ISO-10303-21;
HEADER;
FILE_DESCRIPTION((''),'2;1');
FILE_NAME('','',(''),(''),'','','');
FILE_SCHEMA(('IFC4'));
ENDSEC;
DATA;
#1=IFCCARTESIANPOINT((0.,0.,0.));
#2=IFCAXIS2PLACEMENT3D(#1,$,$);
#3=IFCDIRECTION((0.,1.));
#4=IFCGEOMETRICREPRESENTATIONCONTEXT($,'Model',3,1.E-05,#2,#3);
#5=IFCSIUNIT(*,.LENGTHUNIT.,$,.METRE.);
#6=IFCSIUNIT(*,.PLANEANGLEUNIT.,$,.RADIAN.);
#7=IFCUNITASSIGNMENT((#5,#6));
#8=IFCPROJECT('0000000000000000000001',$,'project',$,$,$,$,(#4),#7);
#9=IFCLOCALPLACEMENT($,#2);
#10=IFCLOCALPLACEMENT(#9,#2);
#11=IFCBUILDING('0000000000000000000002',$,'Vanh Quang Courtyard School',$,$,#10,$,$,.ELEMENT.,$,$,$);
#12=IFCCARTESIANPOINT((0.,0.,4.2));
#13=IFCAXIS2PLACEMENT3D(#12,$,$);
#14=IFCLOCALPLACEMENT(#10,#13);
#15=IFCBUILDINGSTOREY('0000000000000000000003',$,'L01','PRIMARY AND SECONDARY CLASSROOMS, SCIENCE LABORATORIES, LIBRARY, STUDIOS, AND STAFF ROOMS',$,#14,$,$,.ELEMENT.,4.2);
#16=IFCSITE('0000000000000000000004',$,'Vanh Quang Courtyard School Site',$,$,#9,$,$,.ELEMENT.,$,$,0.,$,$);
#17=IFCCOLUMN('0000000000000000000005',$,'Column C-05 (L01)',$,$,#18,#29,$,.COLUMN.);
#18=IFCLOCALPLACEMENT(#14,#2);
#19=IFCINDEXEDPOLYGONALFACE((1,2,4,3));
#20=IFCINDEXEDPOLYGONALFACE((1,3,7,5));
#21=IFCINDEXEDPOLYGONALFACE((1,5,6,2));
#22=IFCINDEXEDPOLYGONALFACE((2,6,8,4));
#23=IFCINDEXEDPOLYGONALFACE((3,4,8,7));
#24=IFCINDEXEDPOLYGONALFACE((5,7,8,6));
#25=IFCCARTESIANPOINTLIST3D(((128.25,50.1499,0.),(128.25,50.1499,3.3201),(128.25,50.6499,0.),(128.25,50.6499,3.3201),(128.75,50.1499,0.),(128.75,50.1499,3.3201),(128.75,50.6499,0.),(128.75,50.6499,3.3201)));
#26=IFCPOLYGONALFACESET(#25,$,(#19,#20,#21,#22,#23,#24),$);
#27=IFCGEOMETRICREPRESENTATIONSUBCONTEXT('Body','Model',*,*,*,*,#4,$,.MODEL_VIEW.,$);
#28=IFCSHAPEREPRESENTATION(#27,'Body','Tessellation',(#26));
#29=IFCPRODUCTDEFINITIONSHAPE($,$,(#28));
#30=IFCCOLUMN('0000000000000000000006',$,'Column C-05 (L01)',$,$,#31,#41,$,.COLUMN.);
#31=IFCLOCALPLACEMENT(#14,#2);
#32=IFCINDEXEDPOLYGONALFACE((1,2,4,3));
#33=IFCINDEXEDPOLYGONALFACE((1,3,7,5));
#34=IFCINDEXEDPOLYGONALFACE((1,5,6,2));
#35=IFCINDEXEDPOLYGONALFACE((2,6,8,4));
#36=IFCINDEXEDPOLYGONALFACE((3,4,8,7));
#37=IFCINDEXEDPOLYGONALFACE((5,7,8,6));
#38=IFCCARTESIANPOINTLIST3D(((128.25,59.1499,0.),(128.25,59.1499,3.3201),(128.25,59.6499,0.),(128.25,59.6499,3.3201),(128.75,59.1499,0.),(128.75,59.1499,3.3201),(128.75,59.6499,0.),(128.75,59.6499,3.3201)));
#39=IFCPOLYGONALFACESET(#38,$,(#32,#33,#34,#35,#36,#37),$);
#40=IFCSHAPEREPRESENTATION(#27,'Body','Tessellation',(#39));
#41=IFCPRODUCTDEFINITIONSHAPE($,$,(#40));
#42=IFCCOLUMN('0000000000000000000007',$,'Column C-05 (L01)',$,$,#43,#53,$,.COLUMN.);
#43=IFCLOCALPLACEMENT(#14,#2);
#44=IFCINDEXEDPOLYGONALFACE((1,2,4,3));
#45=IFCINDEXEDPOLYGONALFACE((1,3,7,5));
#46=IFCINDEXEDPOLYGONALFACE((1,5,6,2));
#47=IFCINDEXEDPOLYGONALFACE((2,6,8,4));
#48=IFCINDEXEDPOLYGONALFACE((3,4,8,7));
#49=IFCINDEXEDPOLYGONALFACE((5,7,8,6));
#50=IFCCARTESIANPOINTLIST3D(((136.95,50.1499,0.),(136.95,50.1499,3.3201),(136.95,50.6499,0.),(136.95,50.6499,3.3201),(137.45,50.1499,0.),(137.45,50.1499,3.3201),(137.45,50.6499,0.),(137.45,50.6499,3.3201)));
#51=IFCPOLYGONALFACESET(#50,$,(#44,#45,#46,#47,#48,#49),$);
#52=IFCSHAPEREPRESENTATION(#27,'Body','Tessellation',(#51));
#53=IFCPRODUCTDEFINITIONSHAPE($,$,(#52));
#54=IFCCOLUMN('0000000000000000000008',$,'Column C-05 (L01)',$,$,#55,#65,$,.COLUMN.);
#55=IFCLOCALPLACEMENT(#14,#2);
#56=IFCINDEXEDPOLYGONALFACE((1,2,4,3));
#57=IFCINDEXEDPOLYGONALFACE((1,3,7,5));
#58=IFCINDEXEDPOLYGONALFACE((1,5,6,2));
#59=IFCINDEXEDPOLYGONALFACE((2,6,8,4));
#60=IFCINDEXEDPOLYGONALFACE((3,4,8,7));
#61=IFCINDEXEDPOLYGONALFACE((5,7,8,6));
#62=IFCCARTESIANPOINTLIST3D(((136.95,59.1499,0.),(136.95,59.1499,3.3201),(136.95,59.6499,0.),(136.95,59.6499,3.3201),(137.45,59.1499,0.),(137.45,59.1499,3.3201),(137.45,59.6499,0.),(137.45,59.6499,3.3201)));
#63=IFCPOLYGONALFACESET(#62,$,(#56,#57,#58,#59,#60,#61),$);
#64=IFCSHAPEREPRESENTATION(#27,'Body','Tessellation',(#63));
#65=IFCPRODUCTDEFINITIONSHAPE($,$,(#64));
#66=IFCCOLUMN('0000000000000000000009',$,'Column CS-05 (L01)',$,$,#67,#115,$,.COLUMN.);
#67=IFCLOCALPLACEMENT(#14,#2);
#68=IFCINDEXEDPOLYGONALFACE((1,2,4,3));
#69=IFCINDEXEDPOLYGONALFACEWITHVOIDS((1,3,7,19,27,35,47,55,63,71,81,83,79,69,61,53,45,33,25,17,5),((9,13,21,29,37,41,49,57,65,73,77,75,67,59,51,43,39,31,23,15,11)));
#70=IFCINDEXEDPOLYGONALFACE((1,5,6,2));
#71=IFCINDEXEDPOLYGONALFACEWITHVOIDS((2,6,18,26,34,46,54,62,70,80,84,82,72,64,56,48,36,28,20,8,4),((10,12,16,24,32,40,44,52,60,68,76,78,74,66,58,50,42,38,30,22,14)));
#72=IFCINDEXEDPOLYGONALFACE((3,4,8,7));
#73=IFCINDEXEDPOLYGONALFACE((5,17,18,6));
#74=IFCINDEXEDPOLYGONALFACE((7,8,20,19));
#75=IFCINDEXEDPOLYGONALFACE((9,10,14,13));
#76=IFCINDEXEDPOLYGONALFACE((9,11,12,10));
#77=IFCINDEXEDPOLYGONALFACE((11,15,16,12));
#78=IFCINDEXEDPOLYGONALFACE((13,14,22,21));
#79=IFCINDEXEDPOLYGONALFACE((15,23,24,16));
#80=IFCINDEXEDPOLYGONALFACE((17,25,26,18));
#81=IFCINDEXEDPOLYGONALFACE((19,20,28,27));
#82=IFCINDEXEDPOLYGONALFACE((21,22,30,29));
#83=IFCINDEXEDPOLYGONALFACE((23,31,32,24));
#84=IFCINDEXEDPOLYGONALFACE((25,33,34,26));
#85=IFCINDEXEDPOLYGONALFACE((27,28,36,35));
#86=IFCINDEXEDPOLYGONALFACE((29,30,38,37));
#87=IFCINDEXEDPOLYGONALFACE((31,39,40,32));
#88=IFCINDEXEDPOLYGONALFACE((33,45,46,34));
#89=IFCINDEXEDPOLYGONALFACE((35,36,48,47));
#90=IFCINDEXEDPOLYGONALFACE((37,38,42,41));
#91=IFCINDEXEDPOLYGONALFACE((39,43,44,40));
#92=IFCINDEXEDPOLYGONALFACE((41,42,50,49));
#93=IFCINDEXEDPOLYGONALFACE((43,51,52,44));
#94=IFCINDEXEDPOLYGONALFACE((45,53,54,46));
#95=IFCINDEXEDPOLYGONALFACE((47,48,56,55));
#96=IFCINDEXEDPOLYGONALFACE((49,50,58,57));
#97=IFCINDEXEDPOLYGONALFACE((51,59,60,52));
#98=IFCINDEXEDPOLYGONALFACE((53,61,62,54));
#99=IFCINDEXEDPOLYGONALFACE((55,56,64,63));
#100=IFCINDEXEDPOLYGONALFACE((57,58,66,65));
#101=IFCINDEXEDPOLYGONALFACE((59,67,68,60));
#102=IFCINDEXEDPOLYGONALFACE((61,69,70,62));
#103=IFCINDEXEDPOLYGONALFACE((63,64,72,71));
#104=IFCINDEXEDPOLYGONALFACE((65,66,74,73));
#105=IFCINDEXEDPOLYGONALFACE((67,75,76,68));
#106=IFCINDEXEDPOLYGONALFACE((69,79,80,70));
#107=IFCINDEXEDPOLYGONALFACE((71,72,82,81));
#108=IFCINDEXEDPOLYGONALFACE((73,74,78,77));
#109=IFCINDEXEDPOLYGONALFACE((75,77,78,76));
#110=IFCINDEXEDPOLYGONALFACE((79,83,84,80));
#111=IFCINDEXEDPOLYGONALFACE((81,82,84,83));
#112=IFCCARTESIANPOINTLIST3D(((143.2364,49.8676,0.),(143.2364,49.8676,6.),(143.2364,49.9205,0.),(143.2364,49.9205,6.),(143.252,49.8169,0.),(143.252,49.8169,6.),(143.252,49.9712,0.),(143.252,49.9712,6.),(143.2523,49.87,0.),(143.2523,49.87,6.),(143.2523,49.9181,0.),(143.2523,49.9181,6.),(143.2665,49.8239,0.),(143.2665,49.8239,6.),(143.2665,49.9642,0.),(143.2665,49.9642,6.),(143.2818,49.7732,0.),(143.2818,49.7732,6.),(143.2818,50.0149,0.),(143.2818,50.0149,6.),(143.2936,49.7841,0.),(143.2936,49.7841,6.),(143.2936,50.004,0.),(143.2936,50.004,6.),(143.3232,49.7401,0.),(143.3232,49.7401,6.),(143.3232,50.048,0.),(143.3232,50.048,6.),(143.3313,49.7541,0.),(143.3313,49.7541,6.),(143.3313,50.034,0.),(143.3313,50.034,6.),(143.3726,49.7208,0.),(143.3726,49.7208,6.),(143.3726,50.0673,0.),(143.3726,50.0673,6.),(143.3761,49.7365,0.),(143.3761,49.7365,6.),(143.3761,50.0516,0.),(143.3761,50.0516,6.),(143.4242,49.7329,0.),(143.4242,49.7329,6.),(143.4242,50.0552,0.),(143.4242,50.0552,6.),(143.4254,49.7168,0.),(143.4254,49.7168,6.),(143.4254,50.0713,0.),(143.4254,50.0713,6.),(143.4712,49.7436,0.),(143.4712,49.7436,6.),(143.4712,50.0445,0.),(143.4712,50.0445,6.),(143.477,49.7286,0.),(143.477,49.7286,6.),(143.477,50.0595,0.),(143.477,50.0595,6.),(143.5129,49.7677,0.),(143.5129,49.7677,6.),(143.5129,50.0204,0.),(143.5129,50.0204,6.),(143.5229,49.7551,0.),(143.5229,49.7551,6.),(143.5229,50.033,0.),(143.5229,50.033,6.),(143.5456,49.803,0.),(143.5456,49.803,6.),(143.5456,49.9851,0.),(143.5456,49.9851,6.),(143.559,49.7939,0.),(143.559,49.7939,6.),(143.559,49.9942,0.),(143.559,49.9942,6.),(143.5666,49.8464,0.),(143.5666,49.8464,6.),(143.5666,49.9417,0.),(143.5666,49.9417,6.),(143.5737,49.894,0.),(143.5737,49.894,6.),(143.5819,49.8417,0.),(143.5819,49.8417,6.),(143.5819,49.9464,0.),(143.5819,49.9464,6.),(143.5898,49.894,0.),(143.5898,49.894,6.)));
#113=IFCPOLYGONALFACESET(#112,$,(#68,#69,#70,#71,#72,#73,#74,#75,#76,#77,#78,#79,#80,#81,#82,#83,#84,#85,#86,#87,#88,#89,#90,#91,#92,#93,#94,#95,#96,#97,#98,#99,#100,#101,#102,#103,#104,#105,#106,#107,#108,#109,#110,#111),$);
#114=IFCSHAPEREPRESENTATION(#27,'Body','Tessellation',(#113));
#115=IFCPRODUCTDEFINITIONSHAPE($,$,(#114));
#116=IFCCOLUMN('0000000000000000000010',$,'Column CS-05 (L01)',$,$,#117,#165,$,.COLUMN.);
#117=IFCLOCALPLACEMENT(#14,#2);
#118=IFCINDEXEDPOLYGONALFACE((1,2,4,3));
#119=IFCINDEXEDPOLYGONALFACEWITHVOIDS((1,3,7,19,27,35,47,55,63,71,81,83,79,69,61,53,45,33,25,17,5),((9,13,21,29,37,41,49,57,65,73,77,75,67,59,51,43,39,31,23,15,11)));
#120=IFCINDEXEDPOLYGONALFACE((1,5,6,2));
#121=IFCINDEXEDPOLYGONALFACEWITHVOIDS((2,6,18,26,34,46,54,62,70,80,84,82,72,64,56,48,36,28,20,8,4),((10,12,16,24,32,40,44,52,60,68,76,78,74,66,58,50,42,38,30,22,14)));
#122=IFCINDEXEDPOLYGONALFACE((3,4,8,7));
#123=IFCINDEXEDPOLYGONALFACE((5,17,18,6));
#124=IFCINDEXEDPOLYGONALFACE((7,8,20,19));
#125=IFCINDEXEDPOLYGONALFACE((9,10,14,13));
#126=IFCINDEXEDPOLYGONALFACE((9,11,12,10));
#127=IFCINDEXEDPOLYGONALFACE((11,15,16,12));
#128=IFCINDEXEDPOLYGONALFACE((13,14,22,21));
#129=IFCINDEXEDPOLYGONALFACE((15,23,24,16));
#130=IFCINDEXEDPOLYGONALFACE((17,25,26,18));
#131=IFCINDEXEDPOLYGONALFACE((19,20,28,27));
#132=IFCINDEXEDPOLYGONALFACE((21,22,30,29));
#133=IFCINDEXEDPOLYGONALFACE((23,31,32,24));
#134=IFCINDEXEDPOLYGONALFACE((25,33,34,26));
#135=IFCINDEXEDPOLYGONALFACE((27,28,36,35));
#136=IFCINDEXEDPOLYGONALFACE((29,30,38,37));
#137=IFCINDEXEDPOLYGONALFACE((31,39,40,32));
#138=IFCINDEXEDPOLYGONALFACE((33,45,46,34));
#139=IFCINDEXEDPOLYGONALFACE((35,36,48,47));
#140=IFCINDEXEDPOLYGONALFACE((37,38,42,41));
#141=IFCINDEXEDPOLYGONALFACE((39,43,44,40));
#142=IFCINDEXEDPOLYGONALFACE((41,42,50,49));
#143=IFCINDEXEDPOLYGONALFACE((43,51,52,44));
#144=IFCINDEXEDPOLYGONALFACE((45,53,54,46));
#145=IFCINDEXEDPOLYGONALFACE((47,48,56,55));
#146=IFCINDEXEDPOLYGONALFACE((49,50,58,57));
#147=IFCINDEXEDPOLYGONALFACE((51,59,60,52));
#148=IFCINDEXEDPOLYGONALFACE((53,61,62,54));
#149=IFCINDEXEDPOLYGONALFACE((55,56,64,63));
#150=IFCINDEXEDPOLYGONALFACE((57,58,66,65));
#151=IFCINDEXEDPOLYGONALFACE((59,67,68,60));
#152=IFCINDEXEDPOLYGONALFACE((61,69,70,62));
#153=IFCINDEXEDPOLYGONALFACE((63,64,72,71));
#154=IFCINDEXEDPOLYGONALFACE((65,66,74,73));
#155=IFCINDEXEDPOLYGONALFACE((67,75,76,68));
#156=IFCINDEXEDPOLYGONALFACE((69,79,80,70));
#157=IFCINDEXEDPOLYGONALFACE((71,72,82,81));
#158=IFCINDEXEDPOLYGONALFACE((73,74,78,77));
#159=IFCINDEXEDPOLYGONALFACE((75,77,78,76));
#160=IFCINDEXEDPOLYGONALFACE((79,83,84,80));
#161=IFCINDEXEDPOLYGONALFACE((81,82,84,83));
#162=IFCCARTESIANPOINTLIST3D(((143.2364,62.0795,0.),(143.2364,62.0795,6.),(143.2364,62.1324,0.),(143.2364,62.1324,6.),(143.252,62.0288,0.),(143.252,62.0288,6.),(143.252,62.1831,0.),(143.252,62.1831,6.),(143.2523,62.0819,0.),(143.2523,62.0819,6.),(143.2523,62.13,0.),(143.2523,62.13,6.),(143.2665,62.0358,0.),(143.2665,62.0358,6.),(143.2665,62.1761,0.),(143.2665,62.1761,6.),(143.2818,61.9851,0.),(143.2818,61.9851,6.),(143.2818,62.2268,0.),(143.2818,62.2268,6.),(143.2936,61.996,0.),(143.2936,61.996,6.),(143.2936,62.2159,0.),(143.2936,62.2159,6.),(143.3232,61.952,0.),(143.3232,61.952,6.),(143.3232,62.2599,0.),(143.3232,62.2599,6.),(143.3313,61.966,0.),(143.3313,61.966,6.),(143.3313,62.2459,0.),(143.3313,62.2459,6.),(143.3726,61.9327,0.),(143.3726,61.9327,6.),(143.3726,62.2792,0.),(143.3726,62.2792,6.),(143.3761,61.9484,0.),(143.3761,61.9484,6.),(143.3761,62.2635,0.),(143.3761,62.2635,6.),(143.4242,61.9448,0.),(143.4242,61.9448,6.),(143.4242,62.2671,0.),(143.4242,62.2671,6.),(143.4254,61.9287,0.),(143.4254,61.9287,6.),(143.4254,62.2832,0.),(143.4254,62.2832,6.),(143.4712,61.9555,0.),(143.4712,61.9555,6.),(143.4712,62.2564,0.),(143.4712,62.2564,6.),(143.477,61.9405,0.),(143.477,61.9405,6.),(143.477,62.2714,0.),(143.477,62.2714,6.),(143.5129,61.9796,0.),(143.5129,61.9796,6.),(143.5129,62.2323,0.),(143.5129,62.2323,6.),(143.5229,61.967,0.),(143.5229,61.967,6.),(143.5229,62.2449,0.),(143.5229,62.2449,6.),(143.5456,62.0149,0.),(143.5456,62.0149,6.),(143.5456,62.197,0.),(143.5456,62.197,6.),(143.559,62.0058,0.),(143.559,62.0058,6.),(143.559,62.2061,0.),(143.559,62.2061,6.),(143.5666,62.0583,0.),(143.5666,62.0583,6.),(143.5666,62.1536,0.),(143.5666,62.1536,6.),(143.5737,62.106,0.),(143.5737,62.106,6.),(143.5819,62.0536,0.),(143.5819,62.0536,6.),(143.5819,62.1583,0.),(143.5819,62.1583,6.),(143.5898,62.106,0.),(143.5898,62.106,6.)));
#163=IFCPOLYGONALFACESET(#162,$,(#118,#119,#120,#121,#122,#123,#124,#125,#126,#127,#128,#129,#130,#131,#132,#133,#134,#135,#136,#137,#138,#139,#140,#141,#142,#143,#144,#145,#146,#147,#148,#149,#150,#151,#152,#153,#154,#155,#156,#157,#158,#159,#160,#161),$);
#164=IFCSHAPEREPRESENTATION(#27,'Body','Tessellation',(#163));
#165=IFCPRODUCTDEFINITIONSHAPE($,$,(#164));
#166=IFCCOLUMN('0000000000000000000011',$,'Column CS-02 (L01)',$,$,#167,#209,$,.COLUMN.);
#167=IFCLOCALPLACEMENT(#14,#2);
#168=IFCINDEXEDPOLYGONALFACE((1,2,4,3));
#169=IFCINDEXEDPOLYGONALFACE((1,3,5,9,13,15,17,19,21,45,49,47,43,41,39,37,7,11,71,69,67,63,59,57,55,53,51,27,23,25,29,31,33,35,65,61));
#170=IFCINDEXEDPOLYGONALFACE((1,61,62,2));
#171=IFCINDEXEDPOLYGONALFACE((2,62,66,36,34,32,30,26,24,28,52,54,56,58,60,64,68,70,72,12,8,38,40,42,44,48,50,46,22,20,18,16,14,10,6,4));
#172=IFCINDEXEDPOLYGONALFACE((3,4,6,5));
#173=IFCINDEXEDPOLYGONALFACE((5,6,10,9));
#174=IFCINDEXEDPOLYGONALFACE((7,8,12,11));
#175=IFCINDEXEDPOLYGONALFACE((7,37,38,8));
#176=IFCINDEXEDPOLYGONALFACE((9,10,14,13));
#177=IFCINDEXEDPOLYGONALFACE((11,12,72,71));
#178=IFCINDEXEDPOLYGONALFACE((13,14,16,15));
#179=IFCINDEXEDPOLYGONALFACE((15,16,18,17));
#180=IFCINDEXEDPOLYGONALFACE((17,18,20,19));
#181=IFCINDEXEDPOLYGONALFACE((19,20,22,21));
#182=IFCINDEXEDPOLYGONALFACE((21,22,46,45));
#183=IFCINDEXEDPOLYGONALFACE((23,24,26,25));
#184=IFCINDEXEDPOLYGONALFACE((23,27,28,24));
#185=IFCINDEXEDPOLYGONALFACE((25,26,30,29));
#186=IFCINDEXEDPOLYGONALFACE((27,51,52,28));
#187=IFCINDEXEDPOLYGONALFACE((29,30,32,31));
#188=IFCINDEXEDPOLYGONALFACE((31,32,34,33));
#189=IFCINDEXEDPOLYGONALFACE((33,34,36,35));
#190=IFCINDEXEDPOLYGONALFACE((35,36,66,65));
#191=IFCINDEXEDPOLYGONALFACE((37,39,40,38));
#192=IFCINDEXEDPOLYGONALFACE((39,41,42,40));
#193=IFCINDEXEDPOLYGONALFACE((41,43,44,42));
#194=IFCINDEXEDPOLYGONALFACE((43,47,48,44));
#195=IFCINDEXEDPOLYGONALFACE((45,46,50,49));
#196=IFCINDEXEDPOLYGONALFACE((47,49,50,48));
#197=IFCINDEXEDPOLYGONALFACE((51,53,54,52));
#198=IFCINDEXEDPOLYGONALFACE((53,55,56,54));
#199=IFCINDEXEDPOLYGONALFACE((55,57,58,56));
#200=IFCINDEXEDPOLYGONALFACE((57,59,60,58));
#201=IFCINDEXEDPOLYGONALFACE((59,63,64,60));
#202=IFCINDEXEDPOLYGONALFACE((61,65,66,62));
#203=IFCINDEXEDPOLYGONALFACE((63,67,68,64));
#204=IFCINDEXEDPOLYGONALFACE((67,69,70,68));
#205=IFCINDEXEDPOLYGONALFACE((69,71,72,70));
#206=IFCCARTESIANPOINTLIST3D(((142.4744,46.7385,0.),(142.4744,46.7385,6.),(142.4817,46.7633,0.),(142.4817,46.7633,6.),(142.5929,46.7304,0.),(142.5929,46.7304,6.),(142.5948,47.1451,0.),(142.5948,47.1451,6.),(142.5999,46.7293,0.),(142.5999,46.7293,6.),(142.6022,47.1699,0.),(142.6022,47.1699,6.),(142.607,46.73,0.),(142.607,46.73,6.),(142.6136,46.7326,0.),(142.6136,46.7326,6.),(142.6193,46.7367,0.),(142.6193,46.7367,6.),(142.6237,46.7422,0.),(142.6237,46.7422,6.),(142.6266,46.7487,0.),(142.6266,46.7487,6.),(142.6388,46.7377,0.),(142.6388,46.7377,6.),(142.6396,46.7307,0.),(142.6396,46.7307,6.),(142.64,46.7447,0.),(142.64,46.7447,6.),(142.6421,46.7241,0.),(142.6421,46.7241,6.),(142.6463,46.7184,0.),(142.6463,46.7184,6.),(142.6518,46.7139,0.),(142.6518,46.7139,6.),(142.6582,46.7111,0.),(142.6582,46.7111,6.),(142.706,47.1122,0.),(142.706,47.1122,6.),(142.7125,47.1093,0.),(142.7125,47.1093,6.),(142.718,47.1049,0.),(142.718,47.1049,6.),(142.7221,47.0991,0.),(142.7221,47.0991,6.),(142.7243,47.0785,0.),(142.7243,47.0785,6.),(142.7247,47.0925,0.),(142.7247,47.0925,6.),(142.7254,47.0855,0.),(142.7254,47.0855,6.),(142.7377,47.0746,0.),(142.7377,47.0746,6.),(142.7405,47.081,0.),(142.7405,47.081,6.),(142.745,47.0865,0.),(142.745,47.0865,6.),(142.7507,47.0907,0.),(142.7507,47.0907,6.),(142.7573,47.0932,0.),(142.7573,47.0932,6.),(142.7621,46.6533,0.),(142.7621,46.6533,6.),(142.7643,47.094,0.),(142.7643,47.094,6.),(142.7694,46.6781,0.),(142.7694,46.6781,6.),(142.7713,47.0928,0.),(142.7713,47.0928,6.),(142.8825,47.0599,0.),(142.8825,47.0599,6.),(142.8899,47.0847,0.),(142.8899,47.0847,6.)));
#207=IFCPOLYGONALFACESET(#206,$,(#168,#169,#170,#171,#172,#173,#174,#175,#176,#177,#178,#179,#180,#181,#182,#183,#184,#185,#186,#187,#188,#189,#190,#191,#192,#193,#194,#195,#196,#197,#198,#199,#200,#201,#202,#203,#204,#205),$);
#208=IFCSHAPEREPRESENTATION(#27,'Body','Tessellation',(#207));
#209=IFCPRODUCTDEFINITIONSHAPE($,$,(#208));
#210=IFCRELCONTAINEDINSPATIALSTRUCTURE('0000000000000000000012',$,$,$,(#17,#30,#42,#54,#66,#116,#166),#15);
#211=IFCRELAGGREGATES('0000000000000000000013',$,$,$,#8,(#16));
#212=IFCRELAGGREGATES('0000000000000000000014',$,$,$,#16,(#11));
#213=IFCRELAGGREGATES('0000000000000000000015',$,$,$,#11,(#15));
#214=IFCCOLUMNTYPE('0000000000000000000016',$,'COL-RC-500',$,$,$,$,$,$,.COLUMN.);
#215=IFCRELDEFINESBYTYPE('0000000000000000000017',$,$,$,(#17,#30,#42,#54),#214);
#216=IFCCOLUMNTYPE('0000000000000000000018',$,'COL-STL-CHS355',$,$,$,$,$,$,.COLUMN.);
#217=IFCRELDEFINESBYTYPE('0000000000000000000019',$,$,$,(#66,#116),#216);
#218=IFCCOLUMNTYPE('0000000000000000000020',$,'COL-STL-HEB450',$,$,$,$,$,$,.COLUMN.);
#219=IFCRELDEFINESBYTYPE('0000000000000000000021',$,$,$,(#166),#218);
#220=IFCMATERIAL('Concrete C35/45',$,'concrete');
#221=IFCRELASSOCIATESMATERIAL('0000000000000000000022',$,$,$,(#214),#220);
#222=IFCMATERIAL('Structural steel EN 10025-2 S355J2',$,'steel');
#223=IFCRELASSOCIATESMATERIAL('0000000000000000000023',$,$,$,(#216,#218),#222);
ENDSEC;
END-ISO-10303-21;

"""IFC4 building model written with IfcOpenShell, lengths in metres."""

from ifc_helpers import new_model, si_unit, direction, frame, origin, origin_2d, place, context, subcontext, project, spatial, rectangle, hollow_circle, i_section, extrude, material, material_profile, profile_set, type_object, element, save


model = new_model("IFC4")

# Units and contexts
model_context = context("Model", 3, precision=1e-05, world=origin(), true_north=direction((0.0, 1.0)))
body_context = subcontext(model_context, "Body", "Model", "MODEL_VIEW")
ifc_project = project(units=[si_unit("LENGTHUNIT", "METRE"), si_unit("PLANEANGLEUNIT", "RADIAN")], contexts=[model_context])

# Site, building, storey
site_placement = place(None, origin())
site = spatial("IfcSite", under=ifc_project, at=site_placement, Name="Vanh Quang Courtyard School Site", CompositionType="ELEMENT", RefElevation=0.0)
building_placement = place(site_placement, origin())
building = spatial("IfcBuilding", under=site, at=building_placement, Name="Vanh Quang Courtyard School", CompositionType="ELEMENT")
storey_placement = place(building_placement, frame((0.0, 0.0, 4.2)))
storey = spatial("IfcBuildingStorey", under=building, at=storey_placement, Name="L01", Description="PRIMARY AND SECONDARY CLASSROOMS, SCIENCE LABORATORIES, LIBRARY, STUDIOS, AND STAFF ROOMS", CompositionType="ELEMENT", Elevation=4.2)

# Columns
ifc_material_1 = material(Name="Concrete C35/45", Category="concrete")
ifc_material_profile_1 = material_profile(ifc_material_1, rectangle(XDim=0.5, YDim=0.5, at=origin_2d()), Name="RC-COL 500x500")
ifc_profile_set_1 = profile_set([ifc_material_profile_1], Name="Concrete C35/45")
column_type_1 = type_object("IfcColumnType", Name="COL-RC-500", PredefinedType="COLUMN", material=ifc_profile_set_1)
for number, where, z_axis, x_axis, name in (
    (1, (128.5, 50.3999, 0.0), (0.0, 0.0, 1.0), (1.0, 0.0, 0.0), "Column C-05 (L01)"),
    (2, (128.5, 59.3999, 0.0), (0.0, 0.0, 1.0), (1.0, 0.0, 0.0), "Column C-05 (L01)"),
    (3, (137.2, 50.3999, 0.0), (0.0, 0.0, 1.0), (1.0, 0.0, 0.0), "Column C-05 (L01)"),
    (4, (137.2, 59.3999, 0.0), (0.0, 0.0, 1.0), (1.0, 0.0, 0.0), "Column C-05 (L01)"),
):
    element("IfcColumn", number, at=place(storey_placement, frame(where, z_axis=z_axis, x_axis=x_axis)), inside=storey, type_object=column_type_1, Name=name, PredefinedType="COLUMN", context=body_context, shape_type="SweptSolid", body=[
        extrude(rectangle(XDim=0.5, YDim=0.5, at=origin_2d()), origin(), (0.0, 0.0, 1.0), 3.3201),
    ])
ifc_material_2 = material(Name="Structural steel EN 10025-2 S355J2", Category="steel")
ifc_material_profile_2 = material_profile(ifc_material_2, hollow_circle(Radius=0.1777, WallThickness=0.0161, at=origin_2d()), Name="CHS 355.6x16")
ifc_profile_set_2 = profile_set([ifc_material_profile_2], Name="Structural steel EN 10025-2 S355J2")
column_type_2 = type_object("IfcColumnType", Name="COL-STL-CHS355", PredefinedType="COLUMN", material=ifc_profile_set_2)
for number, where, z_axis, x_axis, name in (
    (5, (143.4121, 49.894, 0.0), (0.0, 0.0, 1.0), (1.0, 0.0, 0.0), "Column CS-05 (L01)"),
    (6, (143.4121, 62.106, 0.0), (0.0, 0.0, 1.0), (1.0, 0.0, 0.0), "Column CS-05 (L01)"),
):
    element("IfcColumn", number, at=place(storey_placement, frame(where, z_axis=z_axis, x_axis=x_axis)), inside=storey, type_object=column_type_2, Name=name, PredefinedType="COLUMN", context=body_context, shape_type="SweptSolid", body=[
        extrude(hollow_circle(Radius=0.1777, WallThickness=0.0161, at=origin_2d()), origin(), (0.0, 0.0, 1.0), 6.0),
    ])
ifc_material_profile_3 = material_profile(ifc_material_2, i_section(OverallWidth=0.3, OverallDepth=0.45, WebThickness=0.0139, FlangeThickness=0.0259, FilletRadius=0.0271, at=origin_2d()), Name="HEB 450")
ifc_profile_set_3 = profile_set([ifc_material_profile_3], Name="Structural steel EN 10025-2 S355J2")
column_type_3 = type_object("IfcColumnType", Name="COL-STL-HEB450", PredefinedType="COLUMN", material=ifc_profile_set_3)
for number, where, z_axis, x_axis, name in (
    (7, (142.6821, 46.9116, 0.0), (0.0, 0.0, 1.0), (0.95882, -0.284015, 0.0), "Column CS-02 (L01)"),
):
    element("IfcColumn", number, at=place(storey_placement, frame(where, z_axis=z_axis, x_axis=x_axis)), inside=storey, type_object=column_type_3, Name=name, PredefinedType="COLUMN", context=body_context, shape_type="SweptSolid", body=[
        extrude(i_section(OverallWidth=0.3, OverallDepth=0.45, WebThickness=0.0139, FlangeThickness=0.0259, FilletRadius=0.0271, at=origin_2d()), origin(), (0.0, 0.0, 1.0), 6.0),
    ])

save(model, "model.ifc")
